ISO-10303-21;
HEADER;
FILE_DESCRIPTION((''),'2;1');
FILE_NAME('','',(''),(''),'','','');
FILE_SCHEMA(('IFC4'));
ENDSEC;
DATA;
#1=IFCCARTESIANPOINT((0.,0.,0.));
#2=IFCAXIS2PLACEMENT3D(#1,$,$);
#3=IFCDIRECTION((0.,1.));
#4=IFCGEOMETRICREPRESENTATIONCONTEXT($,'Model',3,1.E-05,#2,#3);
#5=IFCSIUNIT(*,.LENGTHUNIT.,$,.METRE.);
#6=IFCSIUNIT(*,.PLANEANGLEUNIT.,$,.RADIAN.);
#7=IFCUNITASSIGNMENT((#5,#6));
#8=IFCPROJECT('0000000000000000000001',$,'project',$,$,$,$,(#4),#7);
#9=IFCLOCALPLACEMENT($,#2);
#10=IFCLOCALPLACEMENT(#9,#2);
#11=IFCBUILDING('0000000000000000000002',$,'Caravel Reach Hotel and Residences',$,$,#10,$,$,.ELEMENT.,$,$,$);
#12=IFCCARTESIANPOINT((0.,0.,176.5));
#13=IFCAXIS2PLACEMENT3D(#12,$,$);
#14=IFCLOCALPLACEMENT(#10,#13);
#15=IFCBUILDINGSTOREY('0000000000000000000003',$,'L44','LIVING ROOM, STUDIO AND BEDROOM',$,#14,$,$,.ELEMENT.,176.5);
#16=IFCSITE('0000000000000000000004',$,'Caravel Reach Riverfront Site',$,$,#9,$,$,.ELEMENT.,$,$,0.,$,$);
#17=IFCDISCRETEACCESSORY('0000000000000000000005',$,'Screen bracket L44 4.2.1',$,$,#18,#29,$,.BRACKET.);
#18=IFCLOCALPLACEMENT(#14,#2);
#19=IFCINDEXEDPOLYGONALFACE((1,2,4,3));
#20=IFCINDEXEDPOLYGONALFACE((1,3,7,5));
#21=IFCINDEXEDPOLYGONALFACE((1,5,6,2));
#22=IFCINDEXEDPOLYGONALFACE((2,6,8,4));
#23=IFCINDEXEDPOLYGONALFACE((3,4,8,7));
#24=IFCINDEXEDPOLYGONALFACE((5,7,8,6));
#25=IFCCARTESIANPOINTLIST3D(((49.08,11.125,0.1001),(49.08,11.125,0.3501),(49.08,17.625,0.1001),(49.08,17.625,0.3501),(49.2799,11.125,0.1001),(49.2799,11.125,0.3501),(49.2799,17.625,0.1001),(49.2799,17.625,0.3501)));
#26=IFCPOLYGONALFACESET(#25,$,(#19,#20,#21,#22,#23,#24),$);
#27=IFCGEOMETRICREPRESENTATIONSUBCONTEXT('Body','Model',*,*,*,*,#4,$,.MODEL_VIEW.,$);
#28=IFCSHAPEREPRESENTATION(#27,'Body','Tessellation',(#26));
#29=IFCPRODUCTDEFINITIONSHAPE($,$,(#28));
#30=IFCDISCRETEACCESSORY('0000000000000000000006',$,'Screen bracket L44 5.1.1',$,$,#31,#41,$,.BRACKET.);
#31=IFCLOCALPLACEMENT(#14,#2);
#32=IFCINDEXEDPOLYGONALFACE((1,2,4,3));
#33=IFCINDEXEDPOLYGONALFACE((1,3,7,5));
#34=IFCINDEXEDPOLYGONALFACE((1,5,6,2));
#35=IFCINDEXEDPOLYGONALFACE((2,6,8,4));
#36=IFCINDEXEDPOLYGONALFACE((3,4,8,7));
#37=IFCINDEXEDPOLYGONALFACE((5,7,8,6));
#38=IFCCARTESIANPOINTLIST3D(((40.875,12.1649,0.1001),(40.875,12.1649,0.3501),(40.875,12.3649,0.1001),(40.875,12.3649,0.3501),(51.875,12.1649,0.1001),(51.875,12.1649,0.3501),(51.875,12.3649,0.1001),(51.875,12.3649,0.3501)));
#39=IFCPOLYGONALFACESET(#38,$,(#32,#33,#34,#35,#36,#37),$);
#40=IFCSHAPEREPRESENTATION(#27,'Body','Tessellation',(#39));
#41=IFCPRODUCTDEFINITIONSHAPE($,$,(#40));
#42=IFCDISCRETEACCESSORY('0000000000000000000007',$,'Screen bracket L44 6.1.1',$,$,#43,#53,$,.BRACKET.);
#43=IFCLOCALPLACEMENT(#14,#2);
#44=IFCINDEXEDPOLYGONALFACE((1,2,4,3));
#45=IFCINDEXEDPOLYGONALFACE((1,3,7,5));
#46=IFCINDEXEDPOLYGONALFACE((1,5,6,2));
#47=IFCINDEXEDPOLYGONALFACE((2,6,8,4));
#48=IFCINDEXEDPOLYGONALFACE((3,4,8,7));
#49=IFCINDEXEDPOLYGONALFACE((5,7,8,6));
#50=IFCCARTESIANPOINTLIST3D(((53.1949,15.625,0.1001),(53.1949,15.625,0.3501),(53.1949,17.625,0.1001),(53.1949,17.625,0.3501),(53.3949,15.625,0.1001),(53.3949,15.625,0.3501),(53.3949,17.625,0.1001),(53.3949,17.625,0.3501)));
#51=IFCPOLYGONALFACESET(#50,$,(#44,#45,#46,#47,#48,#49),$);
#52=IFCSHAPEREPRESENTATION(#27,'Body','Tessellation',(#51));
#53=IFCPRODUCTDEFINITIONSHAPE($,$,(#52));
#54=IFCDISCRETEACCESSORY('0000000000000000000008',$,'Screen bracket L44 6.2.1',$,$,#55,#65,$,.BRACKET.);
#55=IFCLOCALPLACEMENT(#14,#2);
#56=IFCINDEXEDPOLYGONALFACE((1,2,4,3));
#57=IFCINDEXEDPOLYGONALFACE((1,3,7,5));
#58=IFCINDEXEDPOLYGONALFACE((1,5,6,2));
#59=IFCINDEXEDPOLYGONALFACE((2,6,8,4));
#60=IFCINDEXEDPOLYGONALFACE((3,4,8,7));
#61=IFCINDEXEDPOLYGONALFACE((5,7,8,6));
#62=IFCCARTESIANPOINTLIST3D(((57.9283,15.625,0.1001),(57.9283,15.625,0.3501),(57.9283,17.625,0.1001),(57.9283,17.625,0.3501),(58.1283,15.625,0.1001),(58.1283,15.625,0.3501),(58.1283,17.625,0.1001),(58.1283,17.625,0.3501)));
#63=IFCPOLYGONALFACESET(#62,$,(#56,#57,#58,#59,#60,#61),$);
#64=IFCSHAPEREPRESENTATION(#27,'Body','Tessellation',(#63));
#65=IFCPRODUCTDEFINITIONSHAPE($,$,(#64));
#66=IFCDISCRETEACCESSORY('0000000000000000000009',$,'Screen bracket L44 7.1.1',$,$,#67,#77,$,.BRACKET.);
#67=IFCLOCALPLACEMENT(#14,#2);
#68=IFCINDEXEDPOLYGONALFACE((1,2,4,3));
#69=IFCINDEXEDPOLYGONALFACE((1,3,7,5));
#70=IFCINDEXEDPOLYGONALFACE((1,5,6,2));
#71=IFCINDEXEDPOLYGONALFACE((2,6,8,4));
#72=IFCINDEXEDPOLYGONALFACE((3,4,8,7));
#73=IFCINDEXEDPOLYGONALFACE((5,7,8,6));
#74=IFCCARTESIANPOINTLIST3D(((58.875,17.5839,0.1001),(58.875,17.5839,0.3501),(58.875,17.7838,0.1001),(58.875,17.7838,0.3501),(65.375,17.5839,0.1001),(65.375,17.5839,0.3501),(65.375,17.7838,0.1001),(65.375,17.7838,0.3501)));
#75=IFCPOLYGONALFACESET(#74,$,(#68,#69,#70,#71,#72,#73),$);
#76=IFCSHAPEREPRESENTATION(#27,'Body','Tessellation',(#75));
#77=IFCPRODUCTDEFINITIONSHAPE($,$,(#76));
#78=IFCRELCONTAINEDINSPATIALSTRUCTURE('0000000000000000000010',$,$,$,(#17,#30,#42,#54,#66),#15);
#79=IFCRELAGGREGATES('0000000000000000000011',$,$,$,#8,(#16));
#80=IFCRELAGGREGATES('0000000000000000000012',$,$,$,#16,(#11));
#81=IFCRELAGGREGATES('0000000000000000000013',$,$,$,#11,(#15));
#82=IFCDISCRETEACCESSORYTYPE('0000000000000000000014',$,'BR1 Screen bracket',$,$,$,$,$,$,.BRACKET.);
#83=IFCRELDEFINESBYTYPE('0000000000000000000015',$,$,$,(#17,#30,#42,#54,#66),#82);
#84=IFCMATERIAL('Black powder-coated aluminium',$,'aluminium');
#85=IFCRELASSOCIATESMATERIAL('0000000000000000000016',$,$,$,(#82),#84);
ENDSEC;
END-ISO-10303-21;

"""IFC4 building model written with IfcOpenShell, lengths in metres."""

from ifc_helpers import new_model, si_unit, direction, frame, origin, origin_2d, place, context, subcontext, project, spatial, rectangle, extrude, material, type_object, element, save


model = new_model("IFC4")

# Units and contexts
model_context = context("Model", 3, precision=1e-05, world=origin(), true_north=direction((0.0, 1.0)))
body_context = subcontext(model_context, "Body", "Model", "MODEL_VIEW")
ifc_project = project(units=[si_unit("LENGTHUNIT", "METRE"), si_unit("PLANEANGLEUNIT", "RADIAN")], contexts=[model_context])

# Site, building, storey
site_placement = place(None, origin())
site = spatial("IfcSite", under=ifc_project, at=site_placement, Name="Caravel Reach Riverfront Site", CompositionType="ELEMENT", RefElevation=0.0)
building_placement = place(site_placement, origin())
building = spatial("IfcBuilding", under=site, at=building_placement, Name="Caravel Reach Hotel and Residences", CompositionType="ELEMENT")
storey_placement = place(building_placement, frame((0.0, 0.0, 176.5)))
storey = spatial("IfcBuildingStorey", under=building, at=storey_placement, Name="L44", Description="LIVING ROOM, STUDIO AND BEDROOM", CompositionType="ELEMENT", Elevation=176.5)

# Discrete accessories
ifc_material_1 = material(Name="Black powder-coated aluminium", Category="aluminium")
discrete_accessory_type = type_object("IfcDiscreteAccessoryType", Name="BR1 Screen bracket", PredefinedType="BRACKET", material=ifc_material_1)
discrete_accessory_1_placement = place(storey_placement, frame((49.1799, 14.375, 0.1001), z_axis=(0.0, 0.0, 1.0), x_axis=(0.0, -1.0, 0.0)))
element("IfcDiscreteAccessory", 1, at=discrete_accessory_1_placement, inside=storey, type_object=discrete_accessory_type, Name="Screen bracket L44 4.2.1", PredefinedType="BRACKET", context=body_context, shape_type="SweptSolid", body=[
    extrude(rectangle(XDim=6.5, YDim=0.2, at=origin_2d()), origin(), (0.0, 0.0, 1.0), 0.25),
])
discrete_accessory_2_placement = place(storey_placement, frame((46.375, 12.2649, 0.1001), z_axis=(0.0, 0.0, 1.0), x_axis=(1.0, 0.0, 0.0)))
element("IfcDiscreteAccessory", 2, at=discrete_accessory_2_placement, inside=storey, type_object=discrete_accessory_type, Name="Screen bracket L44 5.1.1", PredefinedType="BRACKET", context=body_context, shape_type="SweptSolid", body=[
    extrude(rectangle(XDim=11.0, YDim=0.2, at=origin_2d()), origin(), (0.0, 0.0, 1.0), 0.25),
])
for number, where, z_axis, x_axis, name in (
    (3, (53.2949, 16.625, 0.1001), (0.0, 0.0, 1.0), (0.0, -1.0, 0.0), "Screen bracket L44 6.1.1"),
    (4, (58.0283, 16.625, 0.1001), (0.0, 0.0, 1.0), (0.0, -1.0, 0.0), "Screen bracket L44 6.2.1"),
):
    element("IfcDiscreteAccessory", number, at=place(storey_placement, frame(where, z_axis=z_axis, x_axis=x_axis)), inside=storey, type_object=discrete_accessory_type, Name=name, PredefinedType="BRACKET", context=body_context, shape_type="SweptSolid", body=[
        extrude(rectangle(XDim=2.0, YDim=0.2, at=origin_2d()), origin(), (0.0, 0.0, 1.0), 0.25),
    ])
discrete_accessory_3_placement = place(storey_placement, frame((62.125, 17.6838, 0.1001), z_axis=(0.0, 0.0, 1.0), x_axis=(1.0, 0.0, 0.0)))
element("IfcDiscreteAccessory", 5, at=discrete_accessory_3_placement, inside=storey, type_object=discrete_accessory_type, Name="Screen bracket L44 7.1.1", PredefinedType="BRACKET", context=body_context, shape_type="SweptSolid", body=[
    extrude(rectangle(XDim=6.5, YDim=0.2, at=origin_2d()), origin(), (0.0, 0.0, 1.0), 0.25),
])

save(model, "model.ifc")
